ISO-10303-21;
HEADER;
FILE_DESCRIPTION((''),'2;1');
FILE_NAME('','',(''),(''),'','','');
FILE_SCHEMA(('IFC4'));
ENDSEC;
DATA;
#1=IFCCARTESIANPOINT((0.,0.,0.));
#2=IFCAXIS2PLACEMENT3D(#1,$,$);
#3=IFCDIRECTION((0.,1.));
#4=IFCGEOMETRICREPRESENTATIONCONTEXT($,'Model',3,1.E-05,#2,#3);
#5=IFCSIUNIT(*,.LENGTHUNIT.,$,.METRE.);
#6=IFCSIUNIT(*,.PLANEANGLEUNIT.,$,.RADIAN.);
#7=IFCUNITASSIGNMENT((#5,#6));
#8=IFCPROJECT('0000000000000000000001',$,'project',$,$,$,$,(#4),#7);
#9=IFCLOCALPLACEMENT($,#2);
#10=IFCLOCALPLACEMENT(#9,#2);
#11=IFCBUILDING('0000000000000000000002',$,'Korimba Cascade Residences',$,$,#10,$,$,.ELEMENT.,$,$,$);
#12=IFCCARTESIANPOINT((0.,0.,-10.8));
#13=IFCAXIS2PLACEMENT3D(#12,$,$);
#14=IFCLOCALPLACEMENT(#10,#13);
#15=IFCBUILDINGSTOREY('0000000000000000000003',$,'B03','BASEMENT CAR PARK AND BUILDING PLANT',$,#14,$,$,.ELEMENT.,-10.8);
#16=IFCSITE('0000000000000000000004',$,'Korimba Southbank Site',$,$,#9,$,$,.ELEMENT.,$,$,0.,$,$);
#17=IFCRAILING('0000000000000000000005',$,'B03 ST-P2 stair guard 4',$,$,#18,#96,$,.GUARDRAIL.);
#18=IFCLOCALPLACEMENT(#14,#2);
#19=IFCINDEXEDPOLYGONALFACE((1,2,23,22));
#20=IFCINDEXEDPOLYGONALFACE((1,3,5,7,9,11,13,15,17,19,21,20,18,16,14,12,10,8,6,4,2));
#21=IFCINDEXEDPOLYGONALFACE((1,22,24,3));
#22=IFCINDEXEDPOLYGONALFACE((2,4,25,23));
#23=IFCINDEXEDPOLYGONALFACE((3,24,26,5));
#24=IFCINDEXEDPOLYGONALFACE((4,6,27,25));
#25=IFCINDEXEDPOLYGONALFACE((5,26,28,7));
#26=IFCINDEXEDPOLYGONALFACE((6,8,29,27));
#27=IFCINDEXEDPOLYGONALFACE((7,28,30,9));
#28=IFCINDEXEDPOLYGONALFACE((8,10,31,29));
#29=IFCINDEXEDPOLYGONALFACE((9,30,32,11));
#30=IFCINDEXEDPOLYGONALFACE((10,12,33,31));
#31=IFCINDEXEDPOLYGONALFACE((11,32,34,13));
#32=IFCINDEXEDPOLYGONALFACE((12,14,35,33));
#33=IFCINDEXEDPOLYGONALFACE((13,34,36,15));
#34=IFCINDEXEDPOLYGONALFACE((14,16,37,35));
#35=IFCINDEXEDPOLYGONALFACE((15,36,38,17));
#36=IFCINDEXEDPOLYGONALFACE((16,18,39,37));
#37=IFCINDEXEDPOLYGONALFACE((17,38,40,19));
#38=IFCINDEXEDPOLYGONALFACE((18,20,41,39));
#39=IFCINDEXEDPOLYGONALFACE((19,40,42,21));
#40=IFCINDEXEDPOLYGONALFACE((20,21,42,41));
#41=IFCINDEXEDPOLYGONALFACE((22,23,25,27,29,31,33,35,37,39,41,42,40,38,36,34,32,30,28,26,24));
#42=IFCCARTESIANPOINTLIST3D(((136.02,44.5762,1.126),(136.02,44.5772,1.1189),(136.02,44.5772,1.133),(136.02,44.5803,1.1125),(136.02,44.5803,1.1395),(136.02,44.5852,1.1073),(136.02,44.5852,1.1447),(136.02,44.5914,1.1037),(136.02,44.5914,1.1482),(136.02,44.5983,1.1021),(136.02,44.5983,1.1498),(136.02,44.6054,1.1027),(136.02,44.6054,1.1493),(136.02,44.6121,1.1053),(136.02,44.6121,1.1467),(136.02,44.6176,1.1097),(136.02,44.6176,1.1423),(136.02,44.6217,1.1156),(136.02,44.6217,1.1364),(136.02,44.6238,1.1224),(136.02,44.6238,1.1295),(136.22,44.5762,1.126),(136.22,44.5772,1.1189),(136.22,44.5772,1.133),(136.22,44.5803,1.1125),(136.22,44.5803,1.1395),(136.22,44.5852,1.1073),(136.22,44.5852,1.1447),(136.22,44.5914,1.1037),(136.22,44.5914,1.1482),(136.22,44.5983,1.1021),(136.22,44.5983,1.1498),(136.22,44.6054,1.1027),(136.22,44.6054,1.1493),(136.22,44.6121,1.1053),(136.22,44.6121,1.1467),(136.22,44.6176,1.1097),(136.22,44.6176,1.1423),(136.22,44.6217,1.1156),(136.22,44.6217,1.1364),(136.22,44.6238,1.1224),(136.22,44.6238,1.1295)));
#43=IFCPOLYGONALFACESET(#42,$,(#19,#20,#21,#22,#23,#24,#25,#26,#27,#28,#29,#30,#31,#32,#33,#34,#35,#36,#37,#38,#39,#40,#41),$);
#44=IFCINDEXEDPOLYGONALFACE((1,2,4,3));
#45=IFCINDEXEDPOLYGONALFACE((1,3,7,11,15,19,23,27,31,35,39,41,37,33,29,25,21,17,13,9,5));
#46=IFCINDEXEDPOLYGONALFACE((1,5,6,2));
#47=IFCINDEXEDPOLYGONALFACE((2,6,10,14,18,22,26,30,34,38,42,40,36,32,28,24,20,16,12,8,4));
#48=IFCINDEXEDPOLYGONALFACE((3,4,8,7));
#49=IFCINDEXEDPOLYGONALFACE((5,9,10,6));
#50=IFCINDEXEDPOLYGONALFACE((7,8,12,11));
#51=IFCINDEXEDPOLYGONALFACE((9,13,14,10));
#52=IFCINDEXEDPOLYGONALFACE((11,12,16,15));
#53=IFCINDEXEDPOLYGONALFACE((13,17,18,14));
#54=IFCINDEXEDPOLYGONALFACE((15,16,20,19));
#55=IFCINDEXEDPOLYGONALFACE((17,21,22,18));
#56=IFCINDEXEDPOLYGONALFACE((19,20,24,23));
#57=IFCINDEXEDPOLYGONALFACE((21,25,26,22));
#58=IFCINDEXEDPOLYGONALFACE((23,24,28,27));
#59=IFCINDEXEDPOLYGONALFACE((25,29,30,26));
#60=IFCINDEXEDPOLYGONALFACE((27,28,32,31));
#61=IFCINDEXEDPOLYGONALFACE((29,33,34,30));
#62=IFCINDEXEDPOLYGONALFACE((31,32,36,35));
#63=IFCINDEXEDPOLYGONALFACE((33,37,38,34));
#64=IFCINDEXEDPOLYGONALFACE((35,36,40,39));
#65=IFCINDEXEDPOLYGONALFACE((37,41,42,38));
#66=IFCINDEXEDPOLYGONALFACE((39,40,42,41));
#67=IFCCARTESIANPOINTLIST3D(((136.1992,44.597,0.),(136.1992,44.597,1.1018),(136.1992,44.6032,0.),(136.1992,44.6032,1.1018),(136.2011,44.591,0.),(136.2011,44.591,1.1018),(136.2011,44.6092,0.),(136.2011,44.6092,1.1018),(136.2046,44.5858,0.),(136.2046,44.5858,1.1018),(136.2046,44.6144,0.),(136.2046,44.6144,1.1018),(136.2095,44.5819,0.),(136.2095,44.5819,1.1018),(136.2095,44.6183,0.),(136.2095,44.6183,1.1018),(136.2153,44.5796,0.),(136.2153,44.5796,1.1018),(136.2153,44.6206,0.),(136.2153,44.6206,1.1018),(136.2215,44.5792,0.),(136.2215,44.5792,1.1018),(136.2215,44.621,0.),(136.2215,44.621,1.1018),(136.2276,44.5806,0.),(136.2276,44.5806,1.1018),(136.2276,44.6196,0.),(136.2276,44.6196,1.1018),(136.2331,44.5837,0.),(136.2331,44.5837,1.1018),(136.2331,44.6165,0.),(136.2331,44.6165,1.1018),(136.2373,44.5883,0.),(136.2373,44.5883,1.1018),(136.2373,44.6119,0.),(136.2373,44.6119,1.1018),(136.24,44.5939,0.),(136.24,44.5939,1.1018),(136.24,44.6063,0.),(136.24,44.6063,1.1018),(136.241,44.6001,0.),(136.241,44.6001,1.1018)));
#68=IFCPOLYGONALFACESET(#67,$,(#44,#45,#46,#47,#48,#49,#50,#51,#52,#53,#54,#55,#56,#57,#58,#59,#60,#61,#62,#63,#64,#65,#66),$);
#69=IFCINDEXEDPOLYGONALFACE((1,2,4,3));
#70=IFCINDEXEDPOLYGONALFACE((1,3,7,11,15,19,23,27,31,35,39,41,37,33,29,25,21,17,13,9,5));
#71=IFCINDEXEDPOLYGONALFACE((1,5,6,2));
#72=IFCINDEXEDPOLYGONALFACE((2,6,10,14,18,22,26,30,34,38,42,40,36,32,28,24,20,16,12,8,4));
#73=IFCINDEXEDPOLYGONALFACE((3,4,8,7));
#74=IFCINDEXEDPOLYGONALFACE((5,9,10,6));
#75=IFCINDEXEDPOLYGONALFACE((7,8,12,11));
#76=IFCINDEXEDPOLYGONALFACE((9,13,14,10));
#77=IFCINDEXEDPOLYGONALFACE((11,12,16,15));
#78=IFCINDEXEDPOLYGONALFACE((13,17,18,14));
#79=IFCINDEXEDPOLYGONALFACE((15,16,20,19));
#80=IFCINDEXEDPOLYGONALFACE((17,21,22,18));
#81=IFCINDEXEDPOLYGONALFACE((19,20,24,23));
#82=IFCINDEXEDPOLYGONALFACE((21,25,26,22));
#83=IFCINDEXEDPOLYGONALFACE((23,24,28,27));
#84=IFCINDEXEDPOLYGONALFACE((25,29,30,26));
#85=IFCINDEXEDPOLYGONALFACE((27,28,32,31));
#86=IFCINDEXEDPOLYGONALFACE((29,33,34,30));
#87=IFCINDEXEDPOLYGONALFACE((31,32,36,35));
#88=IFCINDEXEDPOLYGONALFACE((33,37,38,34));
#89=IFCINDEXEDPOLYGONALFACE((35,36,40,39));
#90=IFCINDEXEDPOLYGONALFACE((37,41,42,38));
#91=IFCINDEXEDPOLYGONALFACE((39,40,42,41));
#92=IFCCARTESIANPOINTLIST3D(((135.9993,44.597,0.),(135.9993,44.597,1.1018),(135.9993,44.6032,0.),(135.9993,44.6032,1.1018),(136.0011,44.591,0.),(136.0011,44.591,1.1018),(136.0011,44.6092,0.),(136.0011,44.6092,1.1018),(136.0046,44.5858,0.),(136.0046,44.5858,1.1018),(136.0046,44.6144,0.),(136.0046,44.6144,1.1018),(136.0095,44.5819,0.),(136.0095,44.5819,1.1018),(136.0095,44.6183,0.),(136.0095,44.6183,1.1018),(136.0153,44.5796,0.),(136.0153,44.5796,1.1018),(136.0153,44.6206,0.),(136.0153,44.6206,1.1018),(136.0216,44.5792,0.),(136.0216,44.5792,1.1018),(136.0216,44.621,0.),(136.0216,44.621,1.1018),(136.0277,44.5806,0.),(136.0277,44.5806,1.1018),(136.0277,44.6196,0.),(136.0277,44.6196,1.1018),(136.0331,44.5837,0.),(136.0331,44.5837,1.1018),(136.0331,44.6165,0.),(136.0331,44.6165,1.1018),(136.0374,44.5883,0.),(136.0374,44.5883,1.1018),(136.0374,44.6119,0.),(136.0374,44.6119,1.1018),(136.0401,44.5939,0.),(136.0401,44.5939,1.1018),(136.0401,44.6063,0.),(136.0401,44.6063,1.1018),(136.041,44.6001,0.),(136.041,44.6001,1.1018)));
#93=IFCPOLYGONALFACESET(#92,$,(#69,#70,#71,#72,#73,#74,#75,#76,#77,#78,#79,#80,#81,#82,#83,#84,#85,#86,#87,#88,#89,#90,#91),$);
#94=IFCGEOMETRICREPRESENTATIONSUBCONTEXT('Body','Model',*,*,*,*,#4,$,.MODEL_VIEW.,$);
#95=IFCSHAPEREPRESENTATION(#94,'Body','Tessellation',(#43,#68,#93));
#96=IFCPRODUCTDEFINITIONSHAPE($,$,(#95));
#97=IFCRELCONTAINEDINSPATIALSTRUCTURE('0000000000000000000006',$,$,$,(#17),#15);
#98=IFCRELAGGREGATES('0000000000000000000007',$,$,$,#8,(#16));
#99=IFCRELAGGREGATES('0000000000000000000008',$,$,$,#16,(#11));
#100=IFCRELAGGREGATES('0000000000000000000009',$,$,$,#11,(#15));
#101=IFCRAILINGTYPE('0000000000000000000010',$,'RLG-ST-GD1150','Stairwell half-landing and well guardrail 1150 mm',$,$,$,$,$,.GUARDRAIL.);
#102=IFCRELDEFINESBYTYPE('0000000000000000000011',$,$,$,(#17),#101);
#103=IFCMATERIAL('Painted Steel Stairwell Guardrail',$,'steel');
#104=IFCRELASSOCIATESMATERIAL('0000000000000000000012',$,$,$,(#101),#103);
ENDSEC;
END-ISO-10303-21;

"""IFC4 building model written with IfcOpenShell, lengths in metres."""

from ifc_helpers import new_model, si_unit, direction, frame, origin, origin_2d, place, context, subcontext, project, spatial, circle, extrude, material, type_object, element, save


model = new_model("IFC4")

# Units and contexts
model_context = context("Model", 3, precision=1e-05, world=origin(), true_north=direction((0.0, 1.0)))
body_context = subcontext(model_context, "Body", "Model", "MODEL_VIEW")
ifc_project = project(units=[si_unit("LENGTHUNIT", "METRE"), si_unit("PLANEANGLEUNIT", "RADIAN")], contexts=[model_context])

# Site, building, storey
site_placement = place(None, origin())
site = spatial("IfcSite", under=ifc_project, at=site_placement, Name="Korimba Southbank Site", CompositionType="ELEMENT", RefElevation=0.0)
building_placement = place(site_placement, origin())
building = spatial("IfcBuilding", under=site, at=building_placement, Name="Korimba Cascade Residences", CompositionType="ELEMENT")
storey_placement = place(building_placement, frame((0.0, 0.0, -10.8)))
storey = spatial("IfcBuildingStorey", under=building, at=storey_placement, Name="B03", Description="BASEMENT CAR PARK AND BUILDING PLANT", CompositionType="ELEMENT", Elevation=-10.8)

# Railing
ifc_material_1 = material(Name="Painted Steel Stairwell Guardrail", Category="steel")
railing_type_1 = type_object("IfcRailingType", Name="RLG-ST-GD1150", Description="Stairwell half-landing and well guardrail 1150 mm", PredefinedType="GUARDRAIL", material=ifc_material_1)
railing_1_placement = place(storey_placement, frame((136.22, 44.6001, 0.0)))
element("IfcRailing", 1, at=railing_1_placement, inside=storey, type_object=railing_type_1, Name="B03 ST-P2 stair guard 4", PredefinedType="GUARDRAIL", context=body_context, shape_type="SweptSolid", body=[
    extrude(circle(Radius=0.0239, at=origin_2d()), frame((0.0, 0.0, 1.126), z_axis=(-1.0, 0.0, 0.0), x_axis=(0.0, -1.0, 0.0)), (0.0, 0.0, 1.0), 0.2),
    extrude(circle(Radius=0.021, at=origin_2d()), origin(), (0.0, 0.0, 1.0), 1.1018),
    extrude(circle(Radius=0.021, at=origin_2d()), frame((-0.2, 0.0, 0.0)), (0.0, 0.0, 1.0), 1.1018),
])

save(model, "model.ifc")
